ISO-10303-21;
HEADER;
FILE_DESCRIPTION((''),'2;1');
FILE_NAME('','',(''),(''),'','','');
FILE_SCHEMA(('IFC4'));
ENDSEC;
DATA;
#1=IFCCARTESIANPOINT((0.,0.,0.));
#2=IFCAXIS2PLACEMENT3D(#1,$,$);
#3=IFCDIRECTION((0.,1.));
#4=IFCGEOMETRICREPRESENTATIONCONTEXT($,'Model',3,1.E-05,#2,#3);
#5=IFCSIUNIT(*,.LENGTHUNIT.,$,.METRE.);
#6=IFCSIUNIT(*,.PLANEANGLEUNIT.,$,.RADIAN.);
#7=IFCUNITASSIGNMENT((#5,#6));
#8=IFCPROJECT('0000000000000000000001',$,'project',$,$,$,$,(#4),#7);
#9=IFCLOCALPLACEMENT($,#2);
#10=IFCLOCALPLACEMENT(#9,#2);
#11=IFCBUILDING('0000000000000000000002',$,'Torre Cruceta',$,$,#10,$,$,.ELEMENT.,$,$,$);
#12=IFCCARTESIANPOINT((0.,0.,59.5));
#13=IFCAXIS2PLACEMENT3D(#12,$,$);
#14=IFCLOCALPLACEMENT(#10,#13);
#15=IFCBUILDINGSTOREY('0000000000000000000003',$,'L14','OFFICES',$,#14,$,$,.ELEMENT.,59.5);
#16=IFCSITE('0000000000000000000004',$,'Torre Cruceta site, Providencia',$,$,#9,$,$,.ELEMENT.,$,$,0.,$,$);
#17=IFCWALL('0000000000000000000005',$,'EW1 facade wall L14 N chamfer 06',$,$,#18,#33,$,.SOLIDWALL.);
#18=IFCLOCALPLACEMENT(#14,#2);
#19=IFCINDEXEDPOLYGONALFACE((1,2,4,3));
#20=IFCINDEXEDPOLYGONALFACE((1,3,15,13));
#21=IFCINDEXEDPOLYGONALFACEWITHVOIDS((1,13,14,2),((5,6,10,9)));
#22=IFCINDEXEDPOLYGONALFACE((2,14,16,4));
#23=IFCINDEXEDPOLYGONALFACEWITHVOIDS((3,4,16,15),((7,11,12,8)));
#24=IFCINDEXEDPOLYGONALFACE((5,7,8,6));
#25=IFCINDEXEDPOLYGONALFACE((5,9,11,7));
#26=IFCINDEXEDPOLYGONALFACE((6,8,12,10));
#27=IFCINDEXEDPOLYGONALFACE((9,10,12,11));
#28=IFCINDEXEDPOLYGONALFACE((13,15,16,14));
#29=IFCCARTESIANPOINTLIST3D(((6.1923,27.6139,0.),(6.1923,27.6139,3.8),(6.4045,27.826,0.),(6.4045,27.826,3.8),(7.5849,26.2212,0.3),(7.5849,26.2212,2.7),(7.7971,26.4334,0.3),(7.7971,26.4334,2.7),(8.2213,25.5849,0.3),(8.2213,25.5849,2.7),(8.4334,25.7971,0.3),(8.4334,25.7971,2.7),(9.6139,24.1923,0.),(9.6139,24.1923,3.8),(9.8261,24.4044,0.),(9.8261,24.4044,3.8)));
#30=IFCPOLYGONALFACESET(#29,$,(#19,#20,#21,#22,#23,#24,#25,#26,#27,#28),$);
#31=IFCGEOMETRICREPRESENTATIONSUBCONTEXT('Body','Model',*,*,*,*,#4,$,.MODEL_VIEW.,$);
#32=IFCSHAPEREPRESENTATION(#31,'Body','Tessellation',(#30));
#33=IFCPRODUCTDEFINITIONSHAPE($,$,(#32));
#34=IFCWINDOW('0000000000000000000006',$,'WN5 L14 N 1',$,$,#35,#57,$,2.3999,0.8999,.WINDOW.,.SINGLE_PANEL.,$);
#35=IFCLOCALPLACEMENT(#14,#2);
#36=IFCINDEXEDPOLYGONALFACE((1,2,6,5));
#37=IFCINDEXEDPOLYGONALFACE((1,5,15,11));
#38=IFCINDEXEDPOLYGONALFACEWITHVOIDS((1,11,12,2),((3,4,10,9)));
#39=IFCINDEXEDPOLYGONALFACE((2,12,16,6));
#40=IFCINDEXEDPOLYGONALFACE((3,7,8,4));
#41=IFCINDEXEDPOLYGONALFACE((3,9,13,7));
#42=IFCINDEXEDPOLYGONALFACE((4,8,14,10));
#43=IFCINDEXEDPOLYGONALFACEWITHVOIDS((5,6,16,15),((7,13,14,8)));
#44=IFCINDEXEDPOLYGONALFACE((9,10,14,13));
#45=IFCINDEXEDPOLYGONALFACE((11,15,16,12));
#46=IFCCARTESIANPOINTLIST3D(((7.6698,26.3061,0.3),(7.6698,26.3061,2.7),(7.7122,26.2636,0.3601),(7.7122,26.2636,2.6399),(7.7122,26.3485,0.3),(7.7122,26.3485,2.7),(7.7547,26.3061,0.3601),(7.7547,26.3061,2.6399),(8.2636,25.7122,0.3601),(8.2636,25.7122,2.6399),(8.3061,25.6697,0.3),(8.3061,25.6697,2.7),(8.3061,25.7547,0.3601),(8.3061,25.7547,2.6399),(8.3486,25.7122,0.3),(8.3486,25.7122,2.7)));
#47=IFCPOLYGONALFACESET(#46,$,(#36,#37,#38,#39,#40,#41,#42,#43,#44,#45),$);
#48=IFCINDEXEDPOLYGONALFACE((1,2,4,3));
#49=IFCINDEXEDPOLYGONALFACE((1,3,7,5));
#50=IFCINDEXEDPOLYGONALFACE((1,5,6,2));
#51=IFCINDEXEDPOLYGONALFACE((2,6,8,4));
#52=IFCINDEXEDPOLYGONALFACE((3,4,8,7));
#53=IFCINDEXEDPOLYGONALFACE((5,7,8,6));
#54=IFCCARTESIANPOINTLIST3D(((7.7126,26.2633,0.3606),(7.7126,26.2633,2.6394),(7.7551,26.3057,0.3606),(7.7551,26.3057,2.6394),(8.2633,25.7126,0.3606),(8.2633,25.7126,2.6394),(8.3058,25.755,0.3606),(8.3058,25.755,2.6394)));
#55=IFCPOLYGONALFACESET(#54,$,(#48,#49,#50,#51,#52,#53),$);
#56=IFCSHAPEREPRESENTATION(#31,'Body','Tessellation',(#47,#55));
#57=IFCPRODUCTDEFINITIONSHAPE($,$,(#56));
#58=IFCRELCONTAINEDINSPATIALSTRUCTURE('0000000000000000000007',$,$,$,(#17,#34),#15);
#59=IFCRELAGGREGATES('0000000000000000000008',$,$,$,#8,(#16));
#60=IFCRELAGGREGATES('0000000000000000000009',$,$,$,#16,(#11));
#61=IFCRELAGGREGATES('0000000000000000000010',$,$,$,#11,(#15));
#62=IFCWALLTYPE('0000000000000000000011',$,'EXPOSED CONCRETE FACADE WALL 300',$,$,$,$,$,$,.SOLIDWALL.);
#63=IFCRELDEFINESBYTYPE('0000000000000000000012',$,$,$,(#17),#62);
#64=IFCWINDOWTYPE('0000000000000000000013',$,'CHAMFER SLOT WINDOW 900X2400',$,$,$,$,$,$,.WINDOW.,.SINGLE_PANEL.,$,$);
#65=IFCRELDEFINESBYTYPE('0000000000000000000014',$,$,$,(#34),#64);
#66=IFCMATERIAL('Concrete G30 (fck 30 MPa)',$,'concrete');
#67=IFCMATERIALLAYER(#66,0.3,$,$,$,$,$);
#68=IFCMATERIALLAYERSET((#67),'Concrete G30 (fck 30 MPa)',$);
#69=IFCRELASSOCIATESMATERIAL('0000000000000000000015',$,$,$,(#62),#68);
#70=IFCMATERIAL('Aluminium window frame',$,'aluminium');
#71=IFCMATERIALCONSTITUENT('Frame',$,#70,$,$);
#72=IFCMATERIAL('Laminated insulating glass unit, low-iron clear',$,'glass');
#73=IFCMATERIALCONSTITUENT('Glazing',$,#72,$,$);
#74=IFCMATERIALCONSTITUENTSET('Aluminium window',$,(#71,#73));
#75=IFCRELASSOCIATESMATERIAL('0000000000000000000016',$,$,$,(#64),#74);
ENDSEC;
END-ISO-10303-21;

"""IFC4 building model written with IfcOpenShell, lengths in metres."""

from ifc_helpers import new_model, si_unit, direction, frame, frame_2d, origin, place, context, subcontext, project, spatial, rectangle, hollow_rectangle, extrude, material, layer, layer_set, constituent, constituent_set, type_object, element, fill, save


model = new_model("IFC4")

# Units and contexts
model_context = context("Model", 3, precision=1e-05, world=origin(), true_north=direction((0.0, 1.0)))
body_context = subcontext(model_context, "Body", "Model", "MODEL_VIEW")
ifc_project = project(units=[si_unit("LENGTHUNIT", "METRE"), si_unit("PLANEANGLEUNIT", "RADIAN")], contexts=[model_context])

# Site, building, storey
site_placement = place(None, origin())
site = spatial("IfcSite", under=ifc_project, at=site_placement, Name="Torre Cruceta site, Providencia", CompositionType="ELEMENT", RefElevation=0.0)
building_placement = place(site_placement, origin())
building = spatial("IfcBuilding", under=site, at=building_placement, Name="Torre Cruceta", CompositionType="ELEMENT")
storey_placement = place(building_placement, frame((0.0, 0.0, 59.5)))
storey = spatial("IfcBuildingStorey", under=building, at=storey_placement, Name="L14", Description="OFFICES", CompositionType="ELEMENT", Elevation=59.5)

# Wall, opening, window
ifc_material_1 = material(Name="Concrete G30 (fck 30 MPa)", Category="concrete")
ifc_layer_1 = layer(ifc_material_1, 0.3)
ifc_layer_set_1 = layer_set([ifc_layer_1], Name="Concrete G30 (fck 30 MPa)")
wall_type = type_object("IfcWallType", Name="EXPOSED CONCRETE FACADE WALL 300", PredefinedType="SOLIDWALL", material=ifc_layer_set_1)
wall_placement = place(storey_placement, frame((9.72, 24.2983, 0.0), z_axis=(0.0, 0.0, 1.0), x_axis=(-0.707107, 0.707107, 0.0)))
wall = element("IfcWall", 1, at=wall_placement, inside=storey, type_object=wall_type, Name="EW1 facade wall L14 N chamfer 06", PredefinedType="SOLIDWALL", context=body_context, shape_type="SweptSolid", body=[
    extrude(rectangle(XDim=4.8389, YDim=0.3, at=frame_2d((2.4194, 0.0))), origin(), (0.0, 0.0, 1.0), 3.8),
])
opening_placement = place(wall_placement, frame((1.9695, 0.0, 0.3)))
opening = element("IfcOpeningElement", 2, at=opening_placement, cuts=wall, PredefinedType="OPENING", context=body_context, shape_type="SweptSolid", body=[
    extrude(rectangle(XDim=0.8999, YDim=2.3999, at=frame_2d((0.45, 1.2))), frame((0.0, 0.1599, 0.0), z_axis=(0.0, -1.0, 0.0), x_axis=(1.0, 0.0, 0.0)), (0.0, 0.0, 1.0), 0.3201),
])
ifc_material_2 = material(Name="Aluminium window frame", Category="aluminium")
ifc_constituent_1 = constituent(ifc_material_2, Name="Frame")
ifc_material_3 = material(Name="Laminated insulating glass unit, low-iron clear", Category="glass")
ifc_constituent_2 = constituent(ifc_material_3, Name="Glazing")
ifc_constituent_set = constituent_set(constituents=[ifc_constituent_1, ifc_constituent_2], Name="Aluminium window")
window_type = type_object("IfcWindowType", Name="CHAMFER SLOT WINDOW 900X2400", PartitioningType="SINGLE_PANEL", PredefinedType="WINDOW", material=ifc_constituent_set)
window_placement = place(opening_placement, origin())
window = element("IfcWindow", 3, at=window_placement, inside=storey, type_object=window_type, Name="WN5 L14 N 1", OverallHeight=2.3999, OverallWidth=0.8999, PartitioningType="SINGLE_PANEL", PredefinedType="WINDOW", context=body_context, shape_type="SweptSolid", body=[
    extrude(hollow_rectangle(XDim=0.8999, YDim=2.3999, WallThickness=0.0601, at=frame_2d((0.45, 1.2))), frame((0.0, 0.03, 0.0), z_axis=(0.0, -1.0, 0.0), x_axis=(1.0, 0.0, 0.0)), (0.0, 0.0, 1.0), 0.0601),
    extrude(rectangle(XDim=0.7788, YDim=2.2788, at=frame_2d((0.45, 1.2))), frame((0.0, 0.03, 0.0), z_axis=(0.0, -1.0, 0.0), x_axis=(1.0, 0.0, 0.0)), (0.0, 0.0, 1.0), 0.0601),
])
fill(opening, window)

save(model, "model.ifc")
